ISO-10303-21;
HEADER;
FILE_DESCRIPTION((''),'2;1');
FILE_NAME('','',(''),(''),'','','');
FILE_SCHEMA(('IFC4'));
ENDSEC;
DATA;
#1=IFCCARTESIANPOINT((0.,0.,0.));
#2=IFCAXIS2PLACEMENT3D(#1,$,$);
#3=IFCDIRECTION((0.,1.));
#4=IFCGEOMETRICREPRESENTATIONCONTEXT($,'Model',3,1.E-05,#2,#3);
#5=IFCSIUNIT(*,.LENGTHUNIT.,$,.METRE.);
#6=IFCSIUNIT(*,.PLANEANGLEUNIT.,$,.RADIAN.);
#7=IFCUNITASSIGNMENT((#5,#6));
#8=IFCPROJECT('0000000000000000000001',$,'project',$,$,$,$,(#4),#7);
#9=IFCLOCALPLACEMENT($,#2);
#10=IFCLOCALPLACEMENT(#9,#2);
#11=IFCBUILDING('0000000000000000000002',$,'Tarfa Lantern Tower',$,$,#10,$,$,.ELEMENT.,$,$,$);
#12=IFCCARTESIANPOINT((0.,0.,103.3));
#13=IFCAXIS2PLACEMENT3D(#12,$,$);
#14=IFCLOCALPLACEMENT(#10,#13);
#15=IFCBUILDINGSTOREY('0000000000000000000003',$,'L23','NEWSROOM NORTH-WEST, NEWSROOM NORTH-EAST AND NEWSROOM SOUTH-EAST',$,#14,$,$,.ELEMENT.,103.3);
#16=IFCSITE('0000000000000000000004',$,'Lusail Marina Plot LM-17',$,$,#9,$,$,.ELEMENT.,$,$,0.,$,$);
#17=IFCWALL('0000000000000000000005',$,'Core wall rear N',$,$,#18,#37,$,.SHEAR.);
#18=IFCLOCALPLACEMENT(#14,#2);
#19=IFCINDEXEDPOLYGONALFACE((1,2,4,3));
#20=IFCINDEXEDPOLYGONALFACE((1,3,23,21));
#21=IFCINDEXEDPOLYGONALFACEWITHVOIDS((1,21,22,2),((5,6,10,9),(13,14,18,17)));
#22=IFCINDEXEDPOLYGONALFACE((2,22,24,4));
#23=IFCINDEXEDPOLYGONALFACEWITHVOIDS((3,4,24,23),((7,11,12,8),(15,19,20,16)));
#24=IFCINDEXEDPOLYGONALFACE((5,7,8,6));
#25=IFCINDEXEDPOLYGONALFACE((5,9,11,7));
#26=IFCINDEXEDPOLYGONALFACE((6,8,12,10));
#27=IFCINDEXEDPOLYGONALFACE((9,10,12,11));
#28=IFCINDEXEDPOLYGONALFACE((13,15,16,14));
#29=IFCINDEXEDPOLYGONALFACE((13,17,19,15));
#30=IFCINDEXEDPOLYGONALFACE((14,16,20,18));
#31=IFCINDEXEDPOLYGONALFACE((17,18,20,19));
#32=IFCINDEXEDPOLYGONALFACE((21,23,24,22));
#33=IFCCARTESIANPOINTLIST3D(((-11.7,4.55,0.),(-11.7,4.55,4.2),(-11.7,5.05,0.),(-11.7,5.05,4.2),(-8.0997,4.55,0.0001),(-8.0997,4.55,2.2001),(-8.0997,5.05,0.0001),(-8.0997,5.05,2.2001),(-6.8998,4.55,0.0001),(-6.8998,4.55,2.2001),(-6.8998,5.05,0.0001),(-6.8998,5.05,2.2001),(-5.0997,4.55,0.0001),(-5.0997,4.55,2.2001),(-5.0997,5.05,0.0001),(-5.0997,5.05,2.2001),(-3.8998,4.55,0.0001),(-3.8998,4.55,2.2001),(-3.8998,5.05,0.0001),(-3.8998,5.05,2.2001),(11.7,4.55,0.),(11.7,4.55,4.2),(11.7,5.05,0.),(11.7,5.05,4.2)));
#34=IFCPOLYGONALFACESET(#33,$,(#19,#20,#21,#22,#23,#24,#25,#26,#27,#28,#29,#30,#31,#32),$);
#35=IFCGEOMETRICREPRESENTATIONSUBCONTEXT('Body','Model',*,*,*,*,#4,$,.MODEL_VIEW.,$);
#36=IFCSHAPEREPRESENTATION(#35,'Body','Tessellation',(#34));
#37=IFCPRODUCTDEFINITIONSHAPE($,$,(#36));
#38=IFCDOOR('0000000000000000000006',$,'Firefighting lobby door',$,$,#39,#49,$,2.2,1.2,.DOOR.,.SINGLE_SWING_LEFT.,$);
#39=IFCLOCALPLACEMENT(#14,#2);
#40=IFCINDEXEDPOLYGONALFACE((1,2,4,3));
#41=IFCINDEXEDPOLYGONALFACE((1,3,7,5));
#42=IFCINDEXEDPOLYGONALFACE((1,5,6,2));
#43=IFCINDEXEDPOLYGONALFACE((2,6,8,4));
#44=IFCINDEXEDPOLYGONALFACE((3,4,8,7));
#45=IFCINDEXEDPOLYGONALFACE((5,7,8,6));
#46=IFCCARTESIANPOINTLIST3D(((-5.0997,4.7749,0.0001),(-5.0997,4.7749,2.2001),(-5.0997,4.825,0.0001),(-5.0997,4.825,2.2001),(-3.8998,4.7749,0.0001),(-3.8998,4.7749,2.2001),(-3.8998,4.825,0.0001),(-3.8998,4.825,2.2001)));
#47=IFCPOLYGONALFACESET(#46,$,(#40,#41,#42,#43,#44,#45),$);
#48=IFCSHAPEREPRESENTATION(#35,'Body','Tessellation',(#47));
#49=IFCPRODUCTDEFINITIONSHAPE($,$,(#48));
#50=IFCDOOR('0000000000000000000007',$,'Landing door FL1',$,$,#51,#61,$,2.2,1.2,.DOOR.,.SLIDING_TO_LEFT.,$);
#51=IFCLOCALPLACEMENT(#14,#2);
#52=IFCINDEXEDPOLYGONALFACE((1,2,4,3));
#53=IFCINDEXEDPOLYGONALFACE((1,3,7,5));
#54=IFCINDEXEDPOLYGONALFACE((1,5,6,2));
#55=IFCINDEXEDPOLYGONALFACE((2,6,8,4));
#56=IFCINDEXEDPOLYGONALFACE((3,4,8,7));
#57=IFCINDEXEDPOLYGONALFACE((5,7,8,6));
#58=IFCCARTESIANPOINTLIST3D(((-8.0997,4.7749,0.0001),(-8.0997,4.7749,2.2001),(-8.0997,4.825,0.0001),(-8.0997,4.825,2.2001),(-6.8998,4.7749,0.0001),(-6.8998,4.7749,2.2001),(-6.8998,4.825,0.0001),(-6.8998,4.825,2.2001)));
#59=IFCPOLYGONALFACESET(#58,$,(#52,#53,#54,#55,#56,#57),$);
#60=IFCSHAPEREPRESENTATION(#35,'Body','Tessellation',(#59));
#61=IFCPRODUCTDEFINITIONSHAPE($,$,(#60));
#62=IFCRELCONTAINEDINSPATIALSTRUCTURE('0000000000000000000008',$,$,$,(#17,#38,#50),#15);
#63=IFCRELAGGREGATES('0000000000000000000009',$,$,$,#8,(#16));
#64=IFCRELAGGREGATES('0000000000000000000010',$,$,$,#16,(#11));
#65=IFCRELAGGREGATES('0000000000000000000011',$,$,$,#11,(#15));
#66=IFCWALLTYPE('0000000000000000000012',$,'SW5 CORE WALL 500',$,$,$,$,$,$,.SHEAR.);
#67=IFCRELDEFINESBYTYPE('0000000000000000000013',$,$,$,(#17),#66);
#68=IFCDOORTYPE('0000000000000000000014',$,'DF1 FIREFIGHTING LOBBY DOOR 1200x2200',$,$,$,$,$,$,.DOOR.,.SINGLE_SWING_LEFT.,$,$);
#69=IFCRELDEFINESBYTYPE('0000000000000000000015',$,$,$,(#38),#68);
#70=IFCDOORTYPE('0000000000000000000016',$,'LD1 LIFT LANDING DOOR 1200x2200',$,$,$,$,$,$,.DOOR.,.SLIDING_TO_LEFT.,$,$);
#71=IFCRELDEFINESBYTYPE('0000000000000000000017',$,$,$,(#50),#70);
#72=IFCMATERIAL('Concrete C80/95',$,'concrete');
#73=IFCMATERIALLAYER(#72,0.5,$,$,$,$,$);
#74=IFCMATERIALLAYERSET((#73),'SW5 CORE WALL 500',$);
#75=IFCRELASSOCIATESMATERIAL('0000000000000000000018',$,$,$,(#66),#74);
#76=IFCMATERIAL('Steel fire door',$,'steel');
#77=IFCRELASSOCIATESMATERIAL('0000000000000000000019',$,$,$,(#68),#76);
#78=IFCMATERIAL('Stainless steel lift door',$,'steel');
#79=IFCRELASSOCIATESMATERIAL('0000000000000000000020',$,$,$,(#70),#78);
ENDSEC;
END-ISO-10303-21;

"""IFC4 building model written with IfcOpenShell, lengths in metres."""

from ifc_helpers import new_model, si_unit, direction, frame, frame_2d, origin, place, context, subcontext, project, spatial, rectangle, extrude, material, layer, layer_set, type_object, element, fill, save


model = new_model("IFC4")

# Units and contexts
model_context = context("Model", 3, precision=1e-05, world=origin(), true_north=direction((0.0, 1.0)))
body_context = subcontext(model_context, "Body", "Model", "MODEL_VIEW")
ifc_project = project(units=[si_unit("LENGTHUNIT", "METRE"), si_unit("PLANEANGLEUNIT", "RADIAN")], contexts=[model_context])

# Site, building, storey
site_placement = place(None, origin())
site = spatial("IfcSite", under=ifc_project, at=site_placement, Name="Lusail Marina Plot LM-17", CompositionType="ELEMENT", RefElevation=0.0)
building_placement = place(site_placement, origin())
building = spatial("IfcBuilding", under=site, at=building_placement, Name="Tarfa Lantern Tower", CompositionType="ELEMENT")
storey_placement = place(building_placement, frame((0.0, 0.0, 103.3)))
storey = spatial("IfcBuildingStorey", under=building, at=storey_placement, Name="L23", Description="NEWSROOM NORTH-WEST, NEWSROOM NORTH-EAST AND NEWSROOM SOUTH-EAST", CompositionType="ELEMENT", Elevation=103.3)

# Shared definitions
ifc_material_1 = material(Name="Concrete C80/95", Category="concrete")
ifc_material_2 = material(Name="Steel fire door", Category="steel")

# Shared definitions
ifc_layer_1 = layer(ifc_material_1, 0.5)
ifc_layer_set_1 = layer_set([ifc_layer_1], Name="SW5 CORE WALL 500")
wall_type_1 = type_object("IfcWallType", Name="SW5 CORE WALL 500", PredefinedType="SHEAR", material=ifc_layer_set_1)

# Wall, openings, doors
wall_1_placement = place(storey_placement, frame((-11.7, 4.8, 0.0), z_axis=(0.0, 0.0, 1.0), x_axis=(1.0, 0.0, 0.0)))
wall_1 = element("IfcWall", 1, at=wall_1_placement, inside=storey, type_object=wall_type_1, Name="Core wall rear N", PredefinedType="SHEAR", context=body_context, shape_type="SweptSolid", body=[
    extrude(rectangle(XDim=23.3999, YDim=0.5, at=frame_2d((11.7, 0.0))), origin(), (0.0, 0.0, 1.0), 4.2),
])
opening_1_placement = place(wall_1_placement, frame((6.6001, 0.0, 0.0)))
opening_1 = element("IfcOpeningElement", 2, at=opening_1_placement, cuts=wall_1, PredefinedType="OPENING", context=body_context, shape_type="SweptSolid", body=[
    extrude(rectangle(XDim=1.2, YDim=2.2, at=frame_2d((0.6001, 1.1001))), frame((0.0, 0.26, 0.0), z_axis=(0.0, -1.0, 0.0), x_axis=(1.0, 0.0, 0.0)), (0.0, 0.0, 1.0), 0.52),
])
opening_2_placement = place(wall_1_placement, frame((3.6001, 0.0, 0.0)))
opening_2 = element("IfcOpeningElement", 3, at=opening_2_placement, cuts=wall_1, PredefinedType="OPENING", context=body_context, shape_type="SweptSolid", body=[
    extrude(rectangle(XDim=1.2, YDim=2.2, at=frame_2d((0.6001, 1.1001))), frame((0.0, 0.26, 0.0), z_axis=(0.0, -1.0, 0.0), x_axis=(1.0, 0.0, 0.0)), (0.0, 0.0, 1.0), 0.52),
])
door_type_1 = type_object("IfcDoorType", Name="DF1 FIREFIGHTING LOBBY DOOR 1200x2200", OperationType="SINGLE_SWING_LEFT", PredefinedType="DOOR", material=ifc_material_2)
door_1_placement = place(opening_1_placement, origin())
door_1 = element("IfcDoor", 4, at=door_1_placement, inside=storey, type_object=door_type_1, Name="Firefighting lobby door", OperationType="SINGLE_SWING_LEFT", OverallHeight=2.2, OverallWidth=1.2, PredefinedType="DOOR", context=body_context, shape_type="SweptSolid", body=[
    extrude(rectangle(XDim=1.2, YDim=2.2, at=frame_2d((0.6001, 1.1001))), frame((0.0, 0.0249, 0.0), z_axis=(0.0, -1.0, 0.0), x_axis=(1.0, 0.0, 0.0)), (0.0, 0.0, 1.0), 0.05),
])
fill(opening_1, door_1)
ifc_material_3 = material(Name="Stainless steel lift door", Category="steel")
door_type_2 = type_object("IfcDoorType", Name="LD1 LIFT LANDING DOOR 1200x2200", OperationType="SLIDING_TO_LEFT", PredefinedType="DOOR", material=ifc_material_3)
door_2_placement = place(opening_2_placement, origin())
door_2 = element("IfcDoor", 5, at=door_2_placement, inside=storey, type_object=door_type_2, Name="Landing door FL1", OperationType="SLIDING_TO_LEFT", OverallHeight=2.2, OverallWidth=1.2, PredefinedType="DOOR", context=body_context, shape_type="SweptSolid", body=[
    extrude(rectangle(XDim=1.2, YDim=2.2, at=frame_2d((0.6001, 1.1001))), frame((0.0, 0.0249, 0.0), z_axis=(0.0, -1.0, 0.0), x_axis=(1.0, 0.0, 0.0)), (0.0, 0.0, 1.0), 0.05),
])
fill(opening_2, door_2)

save(model, "model.ifc")
